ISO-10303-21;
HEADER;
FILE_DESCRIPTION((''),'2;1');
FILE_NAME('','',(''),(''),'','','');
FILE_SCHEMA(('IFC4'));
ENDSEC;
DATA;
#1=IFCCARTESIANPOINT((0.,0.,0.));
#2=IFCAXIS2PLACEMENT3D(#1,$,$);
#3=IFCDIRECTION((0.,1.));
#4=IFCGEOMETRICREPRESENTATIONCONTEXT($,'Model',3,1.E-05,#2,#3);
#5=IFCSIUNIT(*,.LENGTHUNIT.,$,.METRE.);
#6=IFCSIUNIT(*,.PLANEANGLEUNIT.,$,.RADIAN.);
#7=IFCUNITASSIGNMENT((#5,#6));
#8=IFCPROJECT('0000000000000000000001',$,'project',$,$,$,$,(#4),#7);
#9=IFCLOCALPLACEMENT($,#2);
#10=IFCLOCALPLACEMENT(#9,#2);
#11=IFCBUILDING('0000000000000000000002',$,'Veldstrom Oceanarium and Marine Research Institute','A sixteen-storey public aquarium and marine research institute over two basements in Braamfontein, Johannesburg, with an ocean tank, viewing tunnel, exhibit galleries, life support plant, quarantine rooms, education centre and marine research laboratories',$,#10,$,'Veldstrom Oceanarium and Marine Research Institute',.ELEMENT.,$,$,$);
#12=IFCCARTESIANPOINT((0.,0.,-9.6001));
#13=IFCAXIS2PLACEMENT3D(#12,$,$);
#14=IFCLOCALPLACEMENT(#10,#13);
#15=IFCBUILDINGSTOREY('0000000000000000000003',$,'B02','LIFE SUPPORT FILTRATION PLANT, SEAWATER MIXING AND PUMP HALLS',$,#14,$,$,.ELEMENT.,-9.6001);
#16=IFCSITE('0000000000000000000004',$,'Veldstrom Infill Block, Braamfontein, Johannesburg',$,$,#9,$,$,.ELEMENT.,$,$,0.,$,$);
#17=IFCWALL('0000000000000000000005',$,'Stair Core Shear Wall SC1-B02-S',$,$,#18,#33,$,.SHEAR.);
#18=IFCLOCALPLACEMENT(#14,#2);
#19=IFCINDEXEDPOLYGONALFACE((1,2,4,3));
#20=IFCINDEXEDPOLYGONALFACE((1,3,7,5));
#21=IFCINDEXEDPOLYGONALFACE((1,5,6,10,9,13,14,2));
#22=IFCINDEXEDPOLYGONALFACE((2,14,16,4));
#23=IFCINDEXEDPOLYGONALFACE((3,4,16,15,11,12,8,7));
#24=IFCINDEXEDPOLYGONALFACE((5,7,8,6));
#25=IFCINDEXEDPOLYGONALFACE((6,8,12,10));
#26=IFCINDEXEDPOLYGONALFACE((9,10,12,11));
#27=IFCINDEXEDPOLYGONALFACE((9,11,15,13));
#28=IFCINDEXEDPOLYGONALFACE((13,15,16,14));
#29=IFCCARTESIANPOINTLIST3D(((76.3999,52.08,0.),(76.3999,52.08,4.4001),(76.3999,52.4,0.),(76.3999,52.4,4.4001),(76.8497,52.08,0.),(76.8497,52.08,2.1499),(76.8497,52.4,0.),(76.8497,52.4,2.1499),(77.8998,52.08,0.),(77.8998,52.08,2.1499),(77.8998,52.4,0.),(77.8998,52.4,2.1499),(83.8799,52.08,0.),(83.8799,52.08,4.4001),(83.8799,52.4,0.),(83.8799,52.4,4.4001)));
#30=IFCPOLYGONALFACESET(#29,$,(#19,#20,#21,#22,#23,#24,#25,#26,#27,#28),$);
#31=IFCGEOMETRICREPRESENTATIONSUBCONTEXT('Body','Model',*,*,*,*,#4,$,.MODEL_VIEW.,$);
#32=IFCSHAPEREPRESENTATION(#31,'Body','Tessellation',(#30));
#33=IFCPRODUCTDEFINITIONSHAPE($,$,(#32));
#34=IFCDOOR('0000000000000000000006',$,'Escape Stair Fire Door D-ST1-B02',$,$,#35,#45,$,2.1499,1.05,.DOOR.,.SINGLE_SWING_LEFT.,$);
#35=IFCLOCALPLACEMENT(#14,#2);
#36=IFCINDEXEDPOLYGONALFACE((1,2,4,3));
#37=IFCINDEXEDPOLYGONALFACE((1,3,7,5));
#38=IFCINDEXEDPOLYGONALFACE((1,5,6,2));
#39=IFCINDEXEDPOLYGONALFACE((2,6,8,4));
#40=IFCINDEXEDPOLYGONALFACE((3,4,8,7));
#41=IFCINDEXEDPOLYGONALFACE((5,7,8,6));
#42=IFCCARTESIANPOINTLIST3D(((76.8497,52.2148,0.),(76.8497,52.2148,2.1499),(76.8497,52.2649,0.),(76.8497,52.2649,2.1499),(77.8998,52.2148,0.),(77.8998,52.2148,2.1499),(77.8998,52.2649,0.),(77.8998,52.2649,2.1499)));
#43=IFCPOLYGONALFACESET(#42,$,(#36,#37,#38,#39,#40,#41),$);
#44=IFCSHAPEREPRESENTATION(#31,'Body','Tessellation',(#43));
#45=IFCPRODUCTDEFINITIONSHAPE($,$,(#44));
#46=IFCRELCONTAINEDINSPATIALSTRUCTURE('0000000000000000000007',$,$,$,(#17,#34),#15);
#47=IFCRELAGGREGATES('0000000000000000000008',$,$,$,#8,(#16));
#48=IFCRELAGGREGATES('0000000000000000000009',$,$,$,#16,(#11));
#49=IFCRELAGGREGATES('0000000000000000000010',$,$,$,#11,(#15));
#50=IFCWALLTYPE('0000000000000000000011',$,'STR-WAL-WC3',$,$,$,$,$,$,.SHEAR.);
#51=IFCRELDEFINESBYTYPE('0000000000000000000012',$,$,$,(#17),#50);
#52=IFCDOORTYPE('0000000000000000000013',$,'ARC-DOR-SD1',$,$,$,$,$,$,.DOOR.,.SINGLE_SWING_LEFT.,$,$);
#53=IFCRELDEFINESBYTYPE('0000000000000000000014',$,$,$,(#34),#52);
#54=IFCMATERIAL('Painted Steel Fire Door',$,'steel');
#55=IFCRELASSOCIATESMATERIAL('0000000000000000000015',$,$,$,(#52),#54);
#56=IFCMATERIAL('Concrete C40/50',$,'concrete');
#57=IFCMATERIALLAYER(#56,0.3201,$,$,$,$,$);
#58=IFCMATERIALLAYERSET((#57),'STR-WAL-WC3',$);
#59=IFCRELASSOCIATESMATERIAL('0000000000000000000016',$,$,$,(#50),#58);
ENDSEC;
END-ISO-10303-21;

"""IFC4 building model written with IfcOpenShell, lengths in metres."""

from ifc_helpers import new_model, si_unit, direction, frame, frame_2d, origin, place, context, subcontext, project, spatial, rectangle, extrude, material, layer, layer_set, type_object, element, fill, save


model = new_model("IFC4")

# Units and contexts
model_context = context("Model", 3, precision=1e-05, world=origin(), true_north=direction((0.0, 1.0)))
body_context = subcontext(model_context, "Body", "Model", "MODEL_VIEW")
ifc_project = project(units=[si_unit("LENGTHUNIT", "METRE"), si_unit("PLANEANGLEUNIT", "RADIAN")], contexts=[model_context])

# Site, building, storey
site_placement = place(None, origin())
site = spatial("IfcSite", under=ifc_project, at=site_placement, Name="Veldstrom Infill Block, Braamfontein, Johannesburg", CompositionType="ELEMENT", RefElevation=0.0)
building_placement = place(site_placement, origin())
building = spatial("IfcBuilding", under=site, at=building_placement, Name="Veldstrom Oceanarium and Marine Research Institute", Description="A sixteen-storey public aquarium and marine research institute over two basements in Braamfontein, Johannesburg, with an ocean tank, viewing tunnel, exhibit galleries, life support plant, quarantine rooms, education centre and marine research laboratories", LongName="Veldstrom Oceanarium and Marine Research Institute", CompositionType="ELEMENT")
storey_placement = place(building_placement, frame((0.0, 0.0, -9.6001)))
storey = spatial("IfcBuildingStorey", under=building, at=storey_placement, Name="B02", Description="LIFE SUPPORT FILTRATION PLANT, SEAWATER MIXING AND PUMP HALLS", CompositionType="ELEMENT", Elevation=-9.6001)

# Shared definitions
ifc_material_1 = material(Name="Painted Steel Fire Door", Category="steel")
door_type_1 = type_object("IfcDoorType", Name="ARC-DOR-SD1", OperationType="SINGLE_SWING_LEFT", PredefinedType="DOOR", material=ifc_material_1)

# Wall, opening, door
ifc_material_2 = material(Name="Concrete C40/50", Category="concrete")
ifc_layer_1 = layer(ifc_material_2, 0.3201)
ifc_layer_set_1 = layer_set([ifc_layer_1], Name="STR-WAL-WC3")
wall_type_1 = type_object("IfcWallType", Name="STR-WAL-WC3", PredefinedType="SHEAR", material=ifc_layer_set_1)
wall_1_placement = place(storey_placement, frame((76.3999, 52.24, 0.0), z_axis=(0.0, 0.0, 1.0), x_axis=(1.0, 0.0, 0.0)))
wall_1 = element("IfcWall", 1, at=wall_1_placement, inside=storey, type_object=wall_type_1, Name="Stair Core Shear Wall SC1-B02-S", PredefinedType="SHEAR", context=body_context, shape_type="SweptSolid", body=[
    extrude(rectangle(XDim=7.48, YDim=0.3201, at=frame_2d((3.74, 0.0))), origin(), (0.0, 0.0, 1.0), 4.4001),
])
opening_1_placement = place(wall_1_placement, frame((0.45, 0.0, 0.0)))
opening_1 = element("IfcOpeningElement", 2, at=opening_1_placement, cuts=wall_1, PredefinedType="OPENING", context=body_context, shape_type="SweptSolid", body=[
    extrude(rectangle(XDim=1.05, YDim=2.1499, at=frame_2d((0.5249, 1.075))), frame((0.0, 0.1699, 0.0), z_axis=(0.0, -1.0, 0.0), x_axis=(1.0, 0.0, 0.0)), (0.0, 0.0, 1.0), 0.3401),
])
door_1_placement = place(opening_1_placement, origin())
door_1 = element("IfcDoor", 3, at=door_1_placement, inside=storey, type_object=door_type_1, Name="Escape Stair Fire Door D-ST1-B02", OperationType="SINGLE_SWING_LEFT", OverallHeight=2.1499, OverallWidth=1.05, PredefinedType="DOOR", context=body_context, shape_type="SweptSolid", body=[
    extrude(rectangle(XDim=1.05, YDim=2.1499, at=frame_2d((0.5249, 1.075))), frame((0.0, 0.0249, 0.0), z_axis=(0.0, -1.0, 0.0), x_axis=(1.0, 0.0, 0.0)), (0.0, 0.0, 1.0), 0.05),
])
fill(opening_1, door_1)

save(model, "model.ifc")
